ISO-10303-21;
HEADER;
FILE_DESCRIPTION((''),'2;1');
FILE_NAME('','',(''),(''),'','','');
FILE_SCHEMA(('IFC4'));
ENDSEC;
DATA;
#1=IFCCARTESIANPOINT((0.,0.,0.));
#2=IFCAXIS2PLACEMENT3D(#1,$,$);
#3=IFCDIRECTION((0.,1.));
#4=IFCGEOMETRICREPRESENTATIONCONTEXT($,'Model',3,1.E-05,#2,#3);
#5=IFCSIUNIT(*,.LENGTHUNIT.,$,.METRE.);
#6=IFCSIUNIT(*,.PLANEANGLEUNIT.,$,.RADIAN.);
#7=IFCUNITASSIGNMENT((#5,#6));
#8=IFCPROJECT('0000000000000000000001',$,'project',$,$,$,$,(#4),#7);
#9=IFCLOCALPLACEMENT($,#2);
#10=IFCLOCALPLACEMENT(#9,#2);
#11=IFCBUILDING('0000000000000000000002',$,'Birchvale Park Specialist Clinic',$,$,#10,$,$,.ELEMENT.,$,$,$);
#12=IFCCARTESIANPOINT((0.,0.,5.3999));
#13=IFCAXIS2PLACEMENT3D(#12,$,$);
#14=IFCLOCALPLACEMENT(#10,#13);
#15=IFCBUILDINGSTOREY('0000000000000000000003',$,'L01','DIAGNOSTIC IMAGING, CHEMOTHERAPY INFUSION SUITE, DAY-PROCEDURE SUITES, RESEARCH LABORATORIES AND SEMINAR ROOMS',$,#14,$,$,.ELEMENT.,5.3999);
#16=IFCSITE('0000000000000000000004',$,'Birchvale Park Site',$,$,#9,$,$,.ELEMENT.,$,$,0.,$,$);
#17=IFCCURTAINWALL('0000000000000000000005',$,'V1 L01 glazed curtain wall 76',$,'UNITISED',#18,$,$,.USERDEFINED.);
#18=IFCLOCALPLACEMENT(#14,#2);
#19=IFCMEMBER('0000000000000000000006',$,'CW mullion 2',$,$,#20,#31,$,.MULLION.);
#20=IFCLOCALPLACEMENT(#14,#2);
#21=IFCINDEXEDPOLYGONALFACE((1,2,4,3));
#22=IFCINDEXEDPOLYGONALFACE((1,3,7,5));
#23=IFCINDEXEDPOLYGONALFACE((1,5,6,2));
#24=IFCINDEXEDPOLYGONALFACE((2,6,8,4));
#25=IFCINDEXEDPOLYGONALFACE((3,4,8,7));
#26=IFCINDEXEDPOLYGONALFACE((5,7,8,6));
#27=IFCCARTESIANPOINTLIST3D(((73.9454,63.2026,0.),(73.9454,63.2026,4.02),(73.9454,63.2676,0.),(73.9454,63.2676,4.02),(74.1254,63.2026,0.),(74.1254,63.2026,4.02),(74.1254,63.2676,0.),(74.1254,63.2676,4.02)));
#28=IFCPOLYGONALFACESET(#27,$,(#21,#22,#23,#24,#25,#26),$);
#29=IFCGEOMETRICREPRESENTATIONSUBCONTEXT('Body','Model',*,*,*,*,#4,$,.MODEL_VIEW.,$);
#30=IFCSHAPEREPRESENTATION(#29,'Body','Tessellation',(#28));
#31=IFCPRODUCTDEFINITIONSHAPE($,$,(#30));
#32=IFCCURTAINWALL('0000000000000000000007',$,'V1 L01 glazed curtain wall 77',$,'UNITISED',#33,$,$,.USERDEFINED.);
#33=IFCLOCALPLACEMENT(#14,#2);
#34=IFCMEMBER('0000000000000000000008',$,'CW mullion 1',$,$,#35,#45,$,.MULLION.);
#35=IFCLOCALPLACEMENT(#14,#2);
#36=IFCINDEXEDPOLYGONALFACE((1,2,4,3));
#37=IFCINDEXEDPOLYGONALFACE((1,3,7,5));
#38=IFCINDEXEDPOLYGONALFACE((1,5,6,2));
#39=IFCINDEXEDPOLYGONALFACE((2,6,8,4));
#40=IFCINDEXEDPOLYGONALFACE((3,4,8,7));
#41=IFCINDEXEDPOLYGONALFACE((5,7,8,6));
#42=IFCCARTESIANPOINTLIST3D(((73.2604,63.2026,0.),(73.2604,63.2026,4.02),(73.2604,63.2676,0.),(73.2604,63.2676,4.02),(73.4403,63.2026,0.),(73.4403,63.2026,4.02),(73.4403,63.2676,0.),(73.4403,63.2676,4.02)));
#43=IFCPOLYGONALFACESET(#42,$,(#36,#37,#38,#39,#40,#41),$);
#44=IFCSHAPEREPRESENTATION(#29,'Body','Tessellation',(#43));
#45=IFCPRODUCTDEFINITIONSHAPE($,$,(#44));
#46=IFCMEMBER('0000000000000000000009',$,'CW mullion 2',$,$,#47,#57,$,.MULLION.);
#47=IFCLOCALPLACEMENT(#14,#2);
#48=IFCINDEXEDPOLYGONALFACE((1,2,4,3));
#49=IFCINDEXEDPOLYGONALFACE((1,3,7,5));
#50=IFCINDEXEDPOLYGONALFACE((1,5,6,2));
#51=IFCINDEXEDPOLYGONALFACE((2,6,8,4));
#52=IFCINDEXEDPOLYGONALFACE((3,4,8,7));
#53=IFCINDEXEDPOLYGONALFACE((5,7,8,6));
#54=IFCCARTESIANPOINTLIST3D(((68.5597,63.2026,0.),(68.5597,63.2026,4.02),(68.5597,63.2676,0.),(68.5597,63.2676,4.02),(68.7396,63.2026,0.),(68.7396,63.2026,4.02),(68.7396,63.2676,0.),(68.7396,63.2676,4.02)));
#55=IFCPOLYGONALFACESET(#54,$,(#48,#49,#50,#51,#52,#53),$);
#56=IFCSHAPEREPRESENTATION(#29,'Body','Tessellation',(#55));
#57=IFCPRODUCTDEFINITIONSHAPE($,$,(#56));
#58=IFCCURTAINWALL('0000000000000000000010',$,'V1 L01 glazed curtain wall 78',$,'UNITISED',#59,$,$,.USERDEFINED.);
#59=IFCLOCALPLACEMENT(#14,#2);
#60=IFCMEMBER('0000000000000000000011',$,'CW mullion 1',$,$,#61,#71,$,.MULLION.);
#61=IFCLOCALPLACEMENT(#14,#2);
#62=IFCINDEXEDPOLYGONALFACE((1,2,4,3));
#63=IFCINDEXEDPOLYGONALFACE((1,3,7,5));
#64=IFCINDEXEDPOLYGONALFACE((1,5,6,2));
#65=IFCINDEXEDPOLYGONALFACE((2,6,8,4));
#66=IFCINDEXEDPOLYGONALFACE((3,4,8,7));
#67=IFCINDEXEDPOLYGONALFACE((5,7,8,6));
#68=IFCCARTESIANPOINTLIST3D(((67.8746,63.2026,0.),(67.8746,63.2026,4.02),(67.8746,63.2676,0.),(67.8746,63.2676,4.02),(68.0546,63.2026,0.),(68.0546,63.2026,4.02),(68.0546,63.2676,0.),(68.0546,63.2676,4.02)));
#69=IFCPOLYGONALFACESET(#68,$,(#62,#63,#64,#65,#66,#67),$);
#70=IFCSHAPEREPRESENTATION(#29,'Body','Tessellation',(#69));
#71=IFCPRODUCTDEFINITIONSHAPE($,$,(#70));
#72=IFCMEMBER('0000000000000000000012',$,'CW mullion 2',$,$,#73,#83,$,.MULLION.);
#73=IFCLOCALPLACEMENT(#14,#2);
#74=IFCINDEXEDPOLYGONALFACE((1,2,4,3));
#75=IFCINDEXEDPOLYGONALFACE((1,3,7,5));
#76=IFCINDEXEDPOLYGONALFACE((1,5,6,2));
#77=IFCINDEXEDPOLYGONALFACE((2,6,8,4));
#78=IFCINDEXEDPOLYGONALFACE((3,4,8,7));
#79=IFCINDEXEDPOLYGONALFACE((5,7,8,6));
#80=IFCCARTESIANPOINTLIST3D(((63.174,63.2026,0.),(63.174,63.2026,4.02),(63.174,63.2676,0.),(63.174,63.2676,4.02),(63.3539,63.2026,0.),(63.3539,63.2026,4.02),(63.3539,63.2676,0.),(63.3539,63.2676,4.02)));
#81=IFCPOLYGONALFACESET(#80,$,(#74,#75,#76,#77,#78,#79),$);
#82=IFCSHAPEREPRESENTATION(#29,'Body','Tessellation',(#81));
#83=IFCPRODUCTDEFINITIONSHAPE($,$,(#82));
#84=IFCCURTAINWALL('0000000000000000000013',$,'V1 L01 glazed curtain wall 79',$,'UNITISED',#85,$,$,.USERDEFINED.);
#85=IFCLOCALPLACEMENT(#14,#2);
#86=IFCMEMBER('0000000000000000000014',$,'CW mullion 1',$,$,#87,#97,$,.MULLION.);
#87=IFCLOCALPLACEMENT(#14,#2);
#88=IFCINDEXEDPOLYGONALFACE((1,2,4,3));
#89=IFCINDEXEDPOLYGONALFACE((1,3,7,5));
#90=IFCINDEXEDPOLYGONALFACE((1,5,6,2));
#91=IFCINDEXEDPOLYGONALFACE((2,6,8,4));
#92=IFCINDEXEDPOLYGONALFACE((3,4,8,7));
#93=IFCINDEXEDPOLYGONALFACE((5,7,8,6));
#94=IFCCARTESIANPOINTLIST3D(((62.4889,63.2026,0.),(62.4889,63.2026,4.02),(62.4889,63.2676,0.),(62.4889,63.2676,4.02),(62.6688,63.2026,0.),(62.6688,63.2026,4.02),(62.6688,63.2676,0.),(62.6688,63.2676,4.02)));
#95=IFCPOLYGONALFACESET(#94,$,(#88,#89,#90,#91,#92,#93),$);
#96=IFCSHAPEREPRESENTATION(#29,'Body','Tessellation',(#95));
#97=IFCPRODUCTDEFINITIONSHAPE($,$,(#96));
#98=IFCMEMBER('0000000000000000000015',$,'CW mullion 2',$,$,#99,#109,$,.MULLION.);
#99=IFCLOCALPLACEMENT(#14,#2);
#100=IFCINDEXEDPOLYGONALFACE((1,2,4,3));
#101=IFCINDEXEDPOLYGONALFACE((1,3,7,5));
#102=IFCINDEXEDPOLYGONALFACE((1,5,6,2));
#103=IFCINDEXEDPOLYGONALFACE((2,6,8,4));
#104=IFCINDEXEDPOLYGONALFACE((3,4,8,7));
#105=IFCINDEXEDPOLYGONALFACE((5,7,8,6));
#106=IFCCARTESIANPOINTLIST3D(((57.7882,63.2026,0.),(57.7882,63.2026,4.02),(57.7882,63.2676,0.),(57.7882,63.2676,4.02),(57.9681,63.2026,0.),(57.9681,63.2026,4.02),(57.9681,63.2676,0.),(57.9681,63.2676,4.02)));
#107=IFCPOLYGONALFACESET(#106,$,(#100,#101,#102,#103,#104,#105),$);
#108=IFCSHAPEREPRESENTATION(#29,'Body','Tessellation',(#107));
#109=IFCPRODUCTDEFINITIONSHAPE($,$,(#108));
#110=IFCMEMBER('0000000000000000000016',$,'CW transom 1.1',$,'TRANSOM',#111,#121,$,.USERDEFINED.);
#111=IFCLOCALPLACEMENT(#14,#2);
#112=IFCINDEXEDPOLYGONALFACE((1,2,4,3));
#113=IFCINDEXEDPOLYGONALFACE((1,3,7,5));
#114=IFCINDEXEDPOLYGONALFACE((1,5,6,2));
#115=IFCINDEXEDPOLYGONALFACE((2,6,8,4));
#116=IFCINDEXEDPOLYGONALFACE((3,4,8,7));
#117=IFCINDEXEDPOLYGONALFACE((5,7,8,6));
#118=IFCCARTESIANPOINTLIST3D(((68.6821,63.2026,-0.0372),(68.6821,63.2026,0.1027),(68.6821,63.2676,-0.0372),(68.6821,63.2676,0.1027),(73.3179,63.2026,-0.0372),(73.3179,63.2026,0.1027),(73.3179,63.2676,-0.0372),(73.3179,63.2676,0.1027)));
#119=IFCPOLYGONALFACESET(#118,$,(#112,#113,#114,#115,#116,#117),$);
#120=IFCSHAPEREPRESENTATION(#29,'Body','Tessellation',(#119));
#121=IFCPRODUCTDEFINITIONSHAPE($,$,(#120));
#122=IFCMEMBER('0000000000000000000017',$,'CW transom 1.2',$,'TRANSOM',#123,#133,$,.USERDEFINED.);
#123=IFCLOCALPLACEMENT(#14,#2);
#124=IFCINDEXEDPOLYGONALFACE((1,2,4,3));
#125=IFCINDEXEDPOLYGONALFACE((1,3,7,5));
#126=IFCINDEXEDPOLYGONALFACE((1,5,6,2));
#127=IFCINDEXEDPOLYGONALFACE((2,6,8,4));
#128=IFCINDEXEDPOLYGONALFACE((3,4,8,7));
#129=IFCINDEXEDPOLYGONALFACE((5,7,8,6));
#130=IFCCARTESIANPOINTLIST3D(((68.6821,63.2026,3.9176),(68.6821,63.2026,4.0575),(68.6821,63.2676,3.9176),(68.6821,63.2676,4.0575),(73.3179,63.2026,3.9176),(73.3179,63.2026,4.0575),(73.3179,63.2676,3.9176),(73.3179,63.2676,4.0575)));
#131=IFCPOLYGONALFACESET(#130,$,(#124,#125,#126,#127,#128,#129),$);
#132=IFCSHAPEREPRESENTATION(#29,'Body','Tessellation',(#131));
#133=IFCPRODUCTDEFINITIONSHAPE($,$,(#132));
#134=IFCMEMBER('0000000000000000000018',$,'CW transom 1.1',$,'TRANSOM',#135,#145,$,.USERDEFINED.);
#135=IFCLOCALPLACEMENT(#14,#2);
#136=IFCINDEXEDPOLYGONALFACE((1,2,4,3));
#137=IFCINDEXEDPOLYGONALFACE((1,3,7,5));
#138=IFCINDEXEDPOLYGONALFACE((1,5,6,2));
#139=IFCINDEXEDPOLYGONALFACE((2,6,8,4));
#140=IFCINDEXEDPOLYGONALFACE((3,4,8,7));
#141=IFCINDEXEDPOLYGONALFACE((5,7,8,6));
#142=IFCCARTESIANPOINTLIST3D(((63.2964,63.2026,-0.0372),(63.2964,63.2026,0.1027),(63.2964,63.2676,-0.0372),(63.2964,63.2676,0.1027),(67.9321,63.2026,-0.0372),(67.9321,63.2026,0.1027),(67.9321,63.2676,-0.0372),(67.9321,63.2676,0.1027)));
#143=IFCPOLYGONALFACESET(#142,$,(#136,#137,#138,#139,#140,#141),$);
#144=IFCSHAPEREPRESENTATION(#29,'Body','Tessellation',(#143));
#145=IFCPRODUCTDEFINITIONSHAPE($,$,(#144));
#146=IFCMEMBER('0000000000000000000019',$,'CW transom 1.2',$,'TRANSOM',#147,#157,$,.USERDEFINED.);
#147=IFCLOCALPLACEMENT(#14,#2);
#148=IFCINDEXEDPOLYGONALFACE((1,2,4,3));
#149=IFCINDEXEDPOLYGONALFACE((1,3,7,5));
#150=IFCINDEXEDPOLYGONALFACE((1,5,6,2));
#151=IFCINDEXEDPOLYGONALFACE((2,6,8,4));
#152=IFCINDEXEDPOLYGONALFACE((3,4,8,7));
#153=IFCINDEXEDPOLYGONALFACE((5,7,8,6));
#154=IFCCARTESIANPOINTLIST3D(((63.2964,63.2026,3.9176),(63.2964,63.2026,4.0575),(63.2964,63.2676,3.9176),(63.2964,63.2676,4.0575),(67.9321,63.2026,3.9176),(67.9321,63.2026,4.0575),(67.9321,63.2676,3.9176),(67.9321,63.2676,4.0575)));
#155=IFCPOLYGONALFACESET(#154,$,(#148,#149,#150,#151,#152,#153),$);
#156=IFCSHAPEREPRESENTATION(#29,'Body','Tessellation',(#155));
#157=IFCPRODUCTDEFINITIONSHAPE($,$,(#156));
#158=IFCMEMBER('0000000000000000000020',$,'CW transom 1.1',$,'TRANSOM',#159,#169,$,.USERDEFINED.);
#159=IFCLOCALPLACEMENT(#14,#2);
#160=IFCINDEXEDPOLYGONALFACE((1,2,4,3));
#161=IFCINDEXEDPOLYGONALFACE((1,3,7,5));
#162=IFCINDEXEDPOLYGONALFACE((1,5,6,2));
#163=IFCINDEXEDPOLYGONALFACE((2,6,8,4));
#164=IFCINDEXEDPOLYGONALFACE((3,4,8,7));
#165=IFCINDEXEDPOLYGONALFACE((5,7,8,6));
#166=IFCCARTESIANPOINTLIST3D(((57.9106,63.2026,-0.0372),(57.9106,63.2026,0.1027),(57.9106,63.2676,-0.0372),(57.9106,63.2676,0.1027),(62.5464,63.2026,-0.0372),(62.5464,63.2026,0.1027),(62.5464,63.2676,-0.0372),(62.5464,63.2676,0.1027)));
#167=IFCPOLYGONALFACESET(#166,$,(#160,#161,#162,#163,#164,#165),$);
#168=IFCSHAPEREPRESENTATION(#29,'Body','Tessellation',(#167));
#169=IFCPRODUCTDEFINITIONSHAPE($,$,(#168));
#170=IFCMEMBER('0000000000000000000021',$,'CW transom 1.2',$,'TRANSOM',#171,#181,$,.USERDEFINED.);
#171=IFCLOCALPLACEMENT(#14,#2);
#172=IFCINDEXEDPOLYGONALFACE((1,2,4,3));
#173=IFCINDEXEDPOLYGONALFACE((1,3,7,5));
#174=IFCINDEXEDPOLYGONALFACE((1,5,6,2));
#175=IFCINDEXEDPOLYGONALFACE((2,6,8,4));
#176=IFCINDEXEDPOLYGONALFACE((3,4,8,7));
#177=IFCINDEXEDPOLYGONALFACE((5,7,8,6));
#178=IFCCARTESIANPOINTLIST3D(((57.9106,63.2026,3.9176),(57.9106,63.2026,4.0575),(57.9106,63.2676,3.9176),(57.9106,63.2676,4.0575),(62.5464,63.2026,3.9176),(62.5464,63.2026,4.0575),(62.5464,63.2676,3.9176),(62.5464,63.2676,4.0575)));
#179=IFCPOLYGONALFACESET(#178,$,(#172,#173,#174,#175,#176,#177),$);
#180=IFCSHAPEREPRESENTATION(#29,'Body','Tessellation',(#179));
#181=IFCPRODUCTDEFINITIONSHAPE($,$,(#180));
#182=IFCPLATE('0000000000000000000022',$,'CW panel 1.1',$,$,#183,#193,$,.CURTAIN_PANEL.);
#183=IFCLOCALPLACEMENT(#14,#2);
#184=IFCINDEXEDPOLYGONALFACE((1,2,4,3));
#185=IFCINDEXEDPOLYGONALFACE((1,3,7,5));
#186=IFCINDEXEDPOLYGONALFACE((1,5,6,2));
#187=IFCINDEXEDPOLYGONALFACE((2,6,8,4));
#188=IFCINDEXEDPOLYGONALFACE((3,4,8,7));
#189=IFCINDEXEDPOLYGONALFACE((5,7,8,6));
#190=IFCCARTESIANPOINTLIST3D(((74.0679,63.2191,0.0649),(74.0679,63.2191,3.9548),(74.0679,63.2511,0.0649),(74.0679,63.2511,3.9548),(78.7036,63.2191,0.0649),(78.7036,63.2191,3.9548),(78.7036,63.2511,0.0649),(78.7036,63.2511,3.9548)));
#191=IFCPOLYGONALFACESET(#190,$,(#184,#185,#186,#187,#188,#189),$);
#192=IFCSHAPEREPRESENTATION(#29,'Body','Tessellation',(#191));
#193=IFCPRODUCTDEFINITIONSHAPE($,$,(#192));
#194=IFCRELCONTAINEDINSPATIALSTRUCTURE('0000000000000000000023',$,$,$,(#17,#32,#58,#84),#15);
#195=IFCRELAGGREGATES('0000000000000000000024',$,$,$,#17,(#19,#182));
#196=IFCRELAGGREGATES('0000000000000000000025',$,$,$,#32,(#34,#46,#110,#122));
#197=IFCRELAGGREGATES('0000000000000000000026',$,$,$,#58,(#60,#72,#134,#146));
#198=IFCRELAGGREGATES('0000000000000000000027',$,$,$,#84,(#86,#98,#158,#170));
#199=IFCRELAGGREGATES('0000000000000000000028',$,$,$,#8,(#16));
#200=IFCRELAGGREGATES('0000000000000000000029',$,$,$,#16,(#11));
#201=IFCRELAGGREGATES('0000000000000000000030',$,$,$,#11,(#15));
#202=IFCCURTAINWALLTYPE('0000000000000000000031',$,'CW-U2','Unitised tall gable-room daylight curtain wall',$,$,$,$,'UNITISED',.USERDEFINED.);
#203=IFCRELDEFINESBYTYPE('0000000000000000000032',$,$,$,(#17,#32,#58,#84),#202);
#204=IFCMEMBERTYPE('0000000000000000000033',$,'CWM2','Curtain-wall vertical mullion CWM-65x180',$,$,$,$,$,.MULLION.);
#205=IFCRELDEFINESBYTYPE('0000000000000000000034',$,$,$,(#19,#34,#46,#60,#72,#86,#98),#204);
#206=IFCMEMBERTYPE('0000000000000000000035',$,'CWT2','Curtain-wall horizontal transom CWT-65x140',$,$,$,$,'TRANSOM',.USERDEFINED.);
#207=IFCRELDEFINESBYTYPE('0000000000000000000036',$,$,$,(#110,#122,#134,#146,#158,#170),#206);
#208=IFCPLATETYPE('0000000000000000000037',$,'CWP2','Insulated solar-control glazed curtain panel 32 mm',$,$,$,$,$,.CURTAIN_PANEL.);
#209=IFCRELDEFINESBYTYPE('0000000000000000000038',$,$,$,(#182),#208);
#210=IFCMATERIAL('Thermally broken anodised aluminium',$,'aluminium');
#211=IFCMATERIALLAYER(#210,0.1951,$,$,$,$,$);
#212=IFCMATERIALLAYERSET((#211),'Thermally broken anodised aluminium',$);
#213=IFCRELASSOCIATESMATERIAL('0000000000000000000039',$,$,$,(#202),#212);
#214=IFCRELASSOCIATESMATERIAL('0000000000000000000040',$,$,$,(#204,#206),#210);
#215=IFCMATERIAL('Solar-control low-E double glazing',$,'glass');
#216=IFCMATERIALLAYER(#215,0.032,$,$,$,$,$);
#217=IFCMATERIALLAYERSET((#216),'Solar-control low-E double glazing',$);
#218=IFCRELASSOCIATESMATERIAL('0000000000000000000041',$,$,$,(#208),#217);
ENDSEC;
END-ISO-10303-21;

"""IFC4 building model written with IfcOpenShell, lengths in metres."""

from ifc_helpers import new_model, si_unit, direction, frame, origin, origin_2d, place, context, subcontext, project, spatial, rectangle, extrude, material, layer, layer_set, material_profile, profile_set, type_object, element, aggregate, save


model = new_model("IFC4")

# Units and contexts
model_context = context("Model", 3, precision=1e-05, world=origin(), true_north=direction((0.0, 1.0)))
body_context = subcontext(model_context, "Body", "Model", "MODEL_VIEW")
ifc_project = project(units=[si_unit("LENGTHUNIT", "METRE"), si_unit("PLANEANGLEUNIT", "RADIAN")], contexts=[model_context])

# Site, building, storey
site_placement = place(None, origin())
site = spatial("IfcSite", under=ifc_project, at=site_placement, Name="Birchvale Park Site", CompositionType="ELEMENT", RefElevation=0.0)
building_placement = place(site_placement, origin())
building = spatial("IfcBuilding", under=site, at=building_placement, Name="Birchvale Park Specialist Clinic", CompositionType="ELEMENT")
storey_placement = place(building_placement, frame((0.0, 0.0, 5.3999)))
storey = spatial("IfcBuildingStorey", under=building, at=storey_placement, Name="L01", Description="DIAGNOSTIC IMAGING, CHEMOTHERAPY INFUSION SUITE, DAY-PROCEDURE SUITES, RESEARCH LABORATORIES AND SEMINAR ROOMS", CompositionType="ELEMENT", Elevation=5.3999)

# Curtain wall, member
ifc_material_1 = material(Name="Thermally broken anodised aluminium", Category="aluminium")
ifc_layer_1 = layer(ifc_material_1, 0.1951)
ifc_layer_set_1 = layer_set([ifc_layer_1], Name="Thermally broken anodised aluminium")
curtain_wall_type = type_object("IfcCurtainWallType", Name="CW-U2", Description="Unitised tall gable-room daylight curtain wall", ElementType="UNITISED", PredefinedType="USERDEFINED", material=ifc_layer_set_1)
curtain_wall_1_placement = place(storey_placement, origin())
curtain_wall_1 = element("IfcCurtainWall", 1, at=curtain_wall_1_placement, inside=storey, type_object=curtain_wall_type, Name="V1 L01 glazed curtain wall 76", ObjectType="UNITISED", PredefinedType="USERDEFINED")
ifc_material_profile_1 = material_profile(ifc_material_1, rectangle(XDim=0.0649, YDim=0.1799, at=origin_2d()), Name="CWM-65x180")
ifc_profile_set_1 = profile_set([ifc_material_profile_1], Name="Thermally broken anodised aluminium")
member_type_1 = type_object("IfcMemberType", Name="CWM2", Description="Curtain-wall vertical mullion CWM-65x180", PredefinedType="MULLION", material=ifc_profile_set_1)
member_1_placement = place(storey_placement, frame((74.0354, 63.2351, 0.0), z_axis=(0.0, 0.0, 1.0), x_axis=(0.0, -1.0, 0.0)))
member_1 = element("IfcMember", 2, at=member_1_placement, type_object=member_type_1, Name="CW mullion 2", PredefinedType="MULLION", context=body_context, shape_type="SweptSolid", body=[
    extrude(rectangle(XDim=0.0649, YDim=0.1799, at=origin_2d()), origin(), (0.0, 0.0, 1.0), 4.02),
])

# Curtain walls, members
curtain_wall_2_placement = place(storey_placement, origin())
curtain_wall_2 = element("IfcCurtainWall", 3, at=curtain_wall_2_placement, inside=storey, type_object=curtain_wall_type, Name="V1 L01 glazed curtain wall 77", ObjectType="UNITISED", PredefinedType="USERDEFINED")
member_2_placement = place(storey_placement, frame((73.3503, 63.2351, 0.0), z_axis=(0.0, 0.0, 1.0), x_axis=(0.0, -1.0, 0.0)))
member_2 = element("IfcMember", 4, at=member_2_placement, type_object=member_type_1, Name="CW mullion 1", PredefinedType="MULLION", context=body_context, shape_type="SweptSolid", body=[
    extrude(rectangle(XDim=0.0649, YDim=0.1799, at=origin_2d()), origin(), (0.0, 0.0, 1.0), 4.02),
])
member_3_placement = place(storey_placement, frame((68.6497, 63.2351, 0.0), z_axis=(0.0, 0.0, 1.0), x_axis=(0.0, -1.0, 0.0)))
member_3 = element("IfcMember", 5, at=member_3_placement, type_object=member_type_1, Name="CW mullion 2", PredefinedType="MULLION", context=body_context, shape_type="SweptSolid", body=[
    extrude(rectangle(XDim=0.0649, YDim=0.1799, at=origin_2d()), origin(), (0.0, 0.0, 1.0), 4.02),
])
curtain_wall_3_placement = place(storey_placement, origin())
curtain_wall_3 = element("IfcCurtainWall", 6, at=curtain_wall_3_placement, inside=storey, type_object=curtain_wall_type, Name="V1 L01 glazed curtain wall 78", ObjectType="UNITISED", PredefinedType="USERDEFINED")
member_4_placement = place(storey_placement, frame((67.9646, 63.2351, 0.0), z_axis=(0.0, 0.0, 1.0), x_axis=(0.0, -1.0, 0.0)))
member_4 = element("IfcMember", 7, at=member_4_placement, type_object=member_type_1, Name="CW mullion 1", PredefinedType="MULLION", context=body_context, shape_type="SweptSolid", body=[
    extrude(rectangle(XDim=0.0649, YDim=0.1799, at=origin_2d()), origin(), (0.0, 0.0, 1.0), 4.02),
])
member_5_placement = place(storey_placement, frame((63.2639, 63.2351, 0.0), z_axis=(0.0, 0.0, 1.0), x_axis=(0.0, -1.0, 0.0)))
member_5 = element("IfcMember", 8, at=member_5_placement, type_object=member_type_1, Name="CW mullion 2", PredefinedType="MULLION", context=body_context, shape_type="SweptSolid", body=[
    extrude(rectangle(XDim=0.0649, YDim=0.1799, at=origin_2d()), origin(), (0.0, 0.0, 1.0), 4.02),
])
curtain_wall_4_placement = place(storey_placement, origin())
curtain_wall_4 = element("IfcCurtainWall", 9, at=curtain_wall_4_placement, inside=storey, type_object=curtain_wall_type, Name="V1 L01 glazed curtain wall 79", ObjectType="UNITISED", PredefinedType="USERDEFINED")
member_6_placement = place(storey_placement, frame((62.5789, 63.2351, 0.0), z_axis=(0.0, 0.0, 1.0), x_axis=(0.0, -1.0, 0.0)))
member_6 = element("IfcMember", 10, at=member_6_placement, type_object=member_type_1, Name="CW mullion 1", PredefinedType="MULLION", context=body_context, shape_type="SweptSolid", body=[
    extrude(rectangle(XDim=0.0649, YDim=0.1799, at=origin_2d()), origin(), (0.0, 0.0, 1.0), 4.02),
])
member_7_placement = place(storey_placement, frame((57.8782, 63.2351, 0.0), z_axis=(0.0, 0.0, 1.0), x_axis=(0.0, -1.0, 0.0)))
member_7 = element("IfcMember", 11, at=member_7_placement, type_object=member_type_1, Name="CW mullion 2", PredefinedType="MULLION", context=body_context, shape_type="SweptSolid", body=[
    extrude(rectangle(XDim=0.0649, YDim=0.1799, at=origin_2d()), origin(), (0.0, 0.0, 1.0), 4.02),
])

# Members
ifc_material_profile_2 = material_profile(ifc_material_1, rectangle(XDim=0.0649, YDim=0.1399, at=origin_2d()), Name="CWT-65x140")
ifc_profile_set_2 = profile_set([ifc_material_profile_2], Name="Thermally broken anodised aluminium")
member_type_2 = type_object("IfcMemberType", Name="CWT2", Description="Curtain-wall horizontal transom CWT-65x140", ElementType="TRANSOM", PredefinedType="USERDEFINED", material=ifc_profile_set_2)
member_8_placement = place(storey_placement, frame((73.3179, 63.2351, 0.0327), z_axis=(-1.0, 0.0, 0.0), x_axis=(0.0, -1.0, 0.0)))
member_8 = element("IfcMember", 12, at=member_8_placement, type_object=member_type_2, Name="CW transom 1.1", ObjectType="TRANSOM", PredefinedType="USERDEFINED", context=body_context, shape_type="SweptSolid", body=[
    extrude(rectangle(XDim=0.0649, YDim=0.1399, at=origin_2d()), origin(), (0.0, 0.0, 1.0), 4.6357),
])
member_9_placement = place(storey_placement, frame((73.3179, 63.2351, 3.9875), z_axis=(-1.0, 0.0, 0.0), x_axis=(0.0, -1.0, 0.0)))
member_9 = element("IfcMember", 13, at=member_9_placement, type_object=member_type_2, Name="CW transom 1.2", ObjectType="TRANSOM", PredefinedType="USERDEFINED", context=body_context, shape_type="SweptSolid", body=[
    extrude(rectangle(XDim=0.0649, YDim=0.1399, at=origin_2d()), origin(), (0.0, 0.0, 1.0), 4.6357),
])
member_10_placement = place(storey_placement, frame((67.9321, 63.2351, 0.0327), z_axis=(-1.0, 0.0, 0.0), x_axis=(0.0, -1.0, 0.0)))
member_10 = element("IfcMember", 14, at=member_10_placement, type_object=member_type_2, Name="CW transom 1.1", ObjectType="TRANSOM", PredefinedType="USERDEFINED", context=body_context, shape_type="SweptSolid", body=[
    extrude(rectangle(XDim=0.0649, YDim=0.1399, at=origin_2d()), origin(), (0.0, 0.0, 1.0), 4.6357),
])
member_11_placement = place(storey_placement, frame((67.9321, 63.2351, 3.9875), z_axis=(-1.0, 0.0, 0.0), x_axis=(0.0, -1.0, 0.0)))
member_11 = element("IfcMember", 15, at=member_11_placement, type_object=member_type_2, Name="CW transom 1.2", ObjectType="TRANSOM", PredefinedType="USERDEFINED", context=body_context, shape_type="SweptSolid", body=[
    extrude(rectangle(XDim=0.0649, YDim=0.1399, at=origin_2d()), origin(), (0.0, 0.0, 1.0), 4.6357),
])
member_12_placement = place(storey_placement, frame((62.5464, 63.2351, 0.0327), z_axis=(-1.0, 0.0, 0.0), x_axis=(0.0, -1.0, 0.0)))
member_12 = element("IfcMember", 16, at=member_12_placement, type_object=member_type_2, Name="CW transom 1.1", ObjectType="TRANSOM", PredefinedType="USERDEFINED", context=body_context, shape_type="SweptSolid", body=[
    extrude(rectangle(XDim=0.0649, YDim=0.1399, at=origin_2d()), origin(), (0.0, 0.0, 1.0), 4.6357),
])
member_13_placement = place(storey_placement, frame((62.5464, 63.2351, 3.9875), z_axis=(-1.0, 0.0, 0.0), x_axis=(0.0, -1.0, 0.0)))
member_13 = element("IfcMember", 17, at=member_13_placement, type_object=member_type_2, Name="CW transom 1.2", ObjectType="TRANSOM", PredefinedType="USERDEFINED", context=body_context, shape_type="SweptSolid", body=[
    extrude(rectangle(XDim=0.0649, YDim=0.1399, at=origin_2d()), origin(), (0.0, 0.0, 1.0), 4.6357),
])

# Plate
ifc_material_2 = material(Name="Solar-control low-E double glazing", Category="glass")
ifc_layer_2 = layer(ifc_material_2, 0.032)
ifc_layer_set_2 = layer_set([ifc_layer_2], Name="Solar-control low-E double glazing")
plate_type = type_object("IfcPlateType", Name="CWP2", Description="Insulated solar-control glazed curtain panel 32 mm", PredefinedType="CURTAIN_PANEL", material=ifc_layer_set_2)
plate_1_placement = place(storey_placement, frame((76.3857, 63.2351, 0.0649), z_axis=(0.0, 0.0, 1.0), x_axis=(-1.0, 0.0, 0.0)))
plate_1 = element("IfcPlate", 18, at=plate_1_placement, type_object=plate_type, Name="CW panel 1.1", PredefinedType="CURTAIN_PANEL", context=body_context, shape_type="SweptSolid", body=[
    extrude(rectangle(XDim=4.6357, YDim=0.032, at=origin_2d()), origin(), (0.0, 0.0, 1.0), 3.8899),
])
aggregate(curtain_wall_1, [member_1, plate_1])
aggregate(curtain_wall_2, [member_2, member_3, member_8, member_9])
aggregate(curtain_wall_3, [member_4, member_5, member_10, member_11])
aggregate(curtain_wall_4, [member_6, member_7, member_12, member_13])

save(model, "model.ifc")
